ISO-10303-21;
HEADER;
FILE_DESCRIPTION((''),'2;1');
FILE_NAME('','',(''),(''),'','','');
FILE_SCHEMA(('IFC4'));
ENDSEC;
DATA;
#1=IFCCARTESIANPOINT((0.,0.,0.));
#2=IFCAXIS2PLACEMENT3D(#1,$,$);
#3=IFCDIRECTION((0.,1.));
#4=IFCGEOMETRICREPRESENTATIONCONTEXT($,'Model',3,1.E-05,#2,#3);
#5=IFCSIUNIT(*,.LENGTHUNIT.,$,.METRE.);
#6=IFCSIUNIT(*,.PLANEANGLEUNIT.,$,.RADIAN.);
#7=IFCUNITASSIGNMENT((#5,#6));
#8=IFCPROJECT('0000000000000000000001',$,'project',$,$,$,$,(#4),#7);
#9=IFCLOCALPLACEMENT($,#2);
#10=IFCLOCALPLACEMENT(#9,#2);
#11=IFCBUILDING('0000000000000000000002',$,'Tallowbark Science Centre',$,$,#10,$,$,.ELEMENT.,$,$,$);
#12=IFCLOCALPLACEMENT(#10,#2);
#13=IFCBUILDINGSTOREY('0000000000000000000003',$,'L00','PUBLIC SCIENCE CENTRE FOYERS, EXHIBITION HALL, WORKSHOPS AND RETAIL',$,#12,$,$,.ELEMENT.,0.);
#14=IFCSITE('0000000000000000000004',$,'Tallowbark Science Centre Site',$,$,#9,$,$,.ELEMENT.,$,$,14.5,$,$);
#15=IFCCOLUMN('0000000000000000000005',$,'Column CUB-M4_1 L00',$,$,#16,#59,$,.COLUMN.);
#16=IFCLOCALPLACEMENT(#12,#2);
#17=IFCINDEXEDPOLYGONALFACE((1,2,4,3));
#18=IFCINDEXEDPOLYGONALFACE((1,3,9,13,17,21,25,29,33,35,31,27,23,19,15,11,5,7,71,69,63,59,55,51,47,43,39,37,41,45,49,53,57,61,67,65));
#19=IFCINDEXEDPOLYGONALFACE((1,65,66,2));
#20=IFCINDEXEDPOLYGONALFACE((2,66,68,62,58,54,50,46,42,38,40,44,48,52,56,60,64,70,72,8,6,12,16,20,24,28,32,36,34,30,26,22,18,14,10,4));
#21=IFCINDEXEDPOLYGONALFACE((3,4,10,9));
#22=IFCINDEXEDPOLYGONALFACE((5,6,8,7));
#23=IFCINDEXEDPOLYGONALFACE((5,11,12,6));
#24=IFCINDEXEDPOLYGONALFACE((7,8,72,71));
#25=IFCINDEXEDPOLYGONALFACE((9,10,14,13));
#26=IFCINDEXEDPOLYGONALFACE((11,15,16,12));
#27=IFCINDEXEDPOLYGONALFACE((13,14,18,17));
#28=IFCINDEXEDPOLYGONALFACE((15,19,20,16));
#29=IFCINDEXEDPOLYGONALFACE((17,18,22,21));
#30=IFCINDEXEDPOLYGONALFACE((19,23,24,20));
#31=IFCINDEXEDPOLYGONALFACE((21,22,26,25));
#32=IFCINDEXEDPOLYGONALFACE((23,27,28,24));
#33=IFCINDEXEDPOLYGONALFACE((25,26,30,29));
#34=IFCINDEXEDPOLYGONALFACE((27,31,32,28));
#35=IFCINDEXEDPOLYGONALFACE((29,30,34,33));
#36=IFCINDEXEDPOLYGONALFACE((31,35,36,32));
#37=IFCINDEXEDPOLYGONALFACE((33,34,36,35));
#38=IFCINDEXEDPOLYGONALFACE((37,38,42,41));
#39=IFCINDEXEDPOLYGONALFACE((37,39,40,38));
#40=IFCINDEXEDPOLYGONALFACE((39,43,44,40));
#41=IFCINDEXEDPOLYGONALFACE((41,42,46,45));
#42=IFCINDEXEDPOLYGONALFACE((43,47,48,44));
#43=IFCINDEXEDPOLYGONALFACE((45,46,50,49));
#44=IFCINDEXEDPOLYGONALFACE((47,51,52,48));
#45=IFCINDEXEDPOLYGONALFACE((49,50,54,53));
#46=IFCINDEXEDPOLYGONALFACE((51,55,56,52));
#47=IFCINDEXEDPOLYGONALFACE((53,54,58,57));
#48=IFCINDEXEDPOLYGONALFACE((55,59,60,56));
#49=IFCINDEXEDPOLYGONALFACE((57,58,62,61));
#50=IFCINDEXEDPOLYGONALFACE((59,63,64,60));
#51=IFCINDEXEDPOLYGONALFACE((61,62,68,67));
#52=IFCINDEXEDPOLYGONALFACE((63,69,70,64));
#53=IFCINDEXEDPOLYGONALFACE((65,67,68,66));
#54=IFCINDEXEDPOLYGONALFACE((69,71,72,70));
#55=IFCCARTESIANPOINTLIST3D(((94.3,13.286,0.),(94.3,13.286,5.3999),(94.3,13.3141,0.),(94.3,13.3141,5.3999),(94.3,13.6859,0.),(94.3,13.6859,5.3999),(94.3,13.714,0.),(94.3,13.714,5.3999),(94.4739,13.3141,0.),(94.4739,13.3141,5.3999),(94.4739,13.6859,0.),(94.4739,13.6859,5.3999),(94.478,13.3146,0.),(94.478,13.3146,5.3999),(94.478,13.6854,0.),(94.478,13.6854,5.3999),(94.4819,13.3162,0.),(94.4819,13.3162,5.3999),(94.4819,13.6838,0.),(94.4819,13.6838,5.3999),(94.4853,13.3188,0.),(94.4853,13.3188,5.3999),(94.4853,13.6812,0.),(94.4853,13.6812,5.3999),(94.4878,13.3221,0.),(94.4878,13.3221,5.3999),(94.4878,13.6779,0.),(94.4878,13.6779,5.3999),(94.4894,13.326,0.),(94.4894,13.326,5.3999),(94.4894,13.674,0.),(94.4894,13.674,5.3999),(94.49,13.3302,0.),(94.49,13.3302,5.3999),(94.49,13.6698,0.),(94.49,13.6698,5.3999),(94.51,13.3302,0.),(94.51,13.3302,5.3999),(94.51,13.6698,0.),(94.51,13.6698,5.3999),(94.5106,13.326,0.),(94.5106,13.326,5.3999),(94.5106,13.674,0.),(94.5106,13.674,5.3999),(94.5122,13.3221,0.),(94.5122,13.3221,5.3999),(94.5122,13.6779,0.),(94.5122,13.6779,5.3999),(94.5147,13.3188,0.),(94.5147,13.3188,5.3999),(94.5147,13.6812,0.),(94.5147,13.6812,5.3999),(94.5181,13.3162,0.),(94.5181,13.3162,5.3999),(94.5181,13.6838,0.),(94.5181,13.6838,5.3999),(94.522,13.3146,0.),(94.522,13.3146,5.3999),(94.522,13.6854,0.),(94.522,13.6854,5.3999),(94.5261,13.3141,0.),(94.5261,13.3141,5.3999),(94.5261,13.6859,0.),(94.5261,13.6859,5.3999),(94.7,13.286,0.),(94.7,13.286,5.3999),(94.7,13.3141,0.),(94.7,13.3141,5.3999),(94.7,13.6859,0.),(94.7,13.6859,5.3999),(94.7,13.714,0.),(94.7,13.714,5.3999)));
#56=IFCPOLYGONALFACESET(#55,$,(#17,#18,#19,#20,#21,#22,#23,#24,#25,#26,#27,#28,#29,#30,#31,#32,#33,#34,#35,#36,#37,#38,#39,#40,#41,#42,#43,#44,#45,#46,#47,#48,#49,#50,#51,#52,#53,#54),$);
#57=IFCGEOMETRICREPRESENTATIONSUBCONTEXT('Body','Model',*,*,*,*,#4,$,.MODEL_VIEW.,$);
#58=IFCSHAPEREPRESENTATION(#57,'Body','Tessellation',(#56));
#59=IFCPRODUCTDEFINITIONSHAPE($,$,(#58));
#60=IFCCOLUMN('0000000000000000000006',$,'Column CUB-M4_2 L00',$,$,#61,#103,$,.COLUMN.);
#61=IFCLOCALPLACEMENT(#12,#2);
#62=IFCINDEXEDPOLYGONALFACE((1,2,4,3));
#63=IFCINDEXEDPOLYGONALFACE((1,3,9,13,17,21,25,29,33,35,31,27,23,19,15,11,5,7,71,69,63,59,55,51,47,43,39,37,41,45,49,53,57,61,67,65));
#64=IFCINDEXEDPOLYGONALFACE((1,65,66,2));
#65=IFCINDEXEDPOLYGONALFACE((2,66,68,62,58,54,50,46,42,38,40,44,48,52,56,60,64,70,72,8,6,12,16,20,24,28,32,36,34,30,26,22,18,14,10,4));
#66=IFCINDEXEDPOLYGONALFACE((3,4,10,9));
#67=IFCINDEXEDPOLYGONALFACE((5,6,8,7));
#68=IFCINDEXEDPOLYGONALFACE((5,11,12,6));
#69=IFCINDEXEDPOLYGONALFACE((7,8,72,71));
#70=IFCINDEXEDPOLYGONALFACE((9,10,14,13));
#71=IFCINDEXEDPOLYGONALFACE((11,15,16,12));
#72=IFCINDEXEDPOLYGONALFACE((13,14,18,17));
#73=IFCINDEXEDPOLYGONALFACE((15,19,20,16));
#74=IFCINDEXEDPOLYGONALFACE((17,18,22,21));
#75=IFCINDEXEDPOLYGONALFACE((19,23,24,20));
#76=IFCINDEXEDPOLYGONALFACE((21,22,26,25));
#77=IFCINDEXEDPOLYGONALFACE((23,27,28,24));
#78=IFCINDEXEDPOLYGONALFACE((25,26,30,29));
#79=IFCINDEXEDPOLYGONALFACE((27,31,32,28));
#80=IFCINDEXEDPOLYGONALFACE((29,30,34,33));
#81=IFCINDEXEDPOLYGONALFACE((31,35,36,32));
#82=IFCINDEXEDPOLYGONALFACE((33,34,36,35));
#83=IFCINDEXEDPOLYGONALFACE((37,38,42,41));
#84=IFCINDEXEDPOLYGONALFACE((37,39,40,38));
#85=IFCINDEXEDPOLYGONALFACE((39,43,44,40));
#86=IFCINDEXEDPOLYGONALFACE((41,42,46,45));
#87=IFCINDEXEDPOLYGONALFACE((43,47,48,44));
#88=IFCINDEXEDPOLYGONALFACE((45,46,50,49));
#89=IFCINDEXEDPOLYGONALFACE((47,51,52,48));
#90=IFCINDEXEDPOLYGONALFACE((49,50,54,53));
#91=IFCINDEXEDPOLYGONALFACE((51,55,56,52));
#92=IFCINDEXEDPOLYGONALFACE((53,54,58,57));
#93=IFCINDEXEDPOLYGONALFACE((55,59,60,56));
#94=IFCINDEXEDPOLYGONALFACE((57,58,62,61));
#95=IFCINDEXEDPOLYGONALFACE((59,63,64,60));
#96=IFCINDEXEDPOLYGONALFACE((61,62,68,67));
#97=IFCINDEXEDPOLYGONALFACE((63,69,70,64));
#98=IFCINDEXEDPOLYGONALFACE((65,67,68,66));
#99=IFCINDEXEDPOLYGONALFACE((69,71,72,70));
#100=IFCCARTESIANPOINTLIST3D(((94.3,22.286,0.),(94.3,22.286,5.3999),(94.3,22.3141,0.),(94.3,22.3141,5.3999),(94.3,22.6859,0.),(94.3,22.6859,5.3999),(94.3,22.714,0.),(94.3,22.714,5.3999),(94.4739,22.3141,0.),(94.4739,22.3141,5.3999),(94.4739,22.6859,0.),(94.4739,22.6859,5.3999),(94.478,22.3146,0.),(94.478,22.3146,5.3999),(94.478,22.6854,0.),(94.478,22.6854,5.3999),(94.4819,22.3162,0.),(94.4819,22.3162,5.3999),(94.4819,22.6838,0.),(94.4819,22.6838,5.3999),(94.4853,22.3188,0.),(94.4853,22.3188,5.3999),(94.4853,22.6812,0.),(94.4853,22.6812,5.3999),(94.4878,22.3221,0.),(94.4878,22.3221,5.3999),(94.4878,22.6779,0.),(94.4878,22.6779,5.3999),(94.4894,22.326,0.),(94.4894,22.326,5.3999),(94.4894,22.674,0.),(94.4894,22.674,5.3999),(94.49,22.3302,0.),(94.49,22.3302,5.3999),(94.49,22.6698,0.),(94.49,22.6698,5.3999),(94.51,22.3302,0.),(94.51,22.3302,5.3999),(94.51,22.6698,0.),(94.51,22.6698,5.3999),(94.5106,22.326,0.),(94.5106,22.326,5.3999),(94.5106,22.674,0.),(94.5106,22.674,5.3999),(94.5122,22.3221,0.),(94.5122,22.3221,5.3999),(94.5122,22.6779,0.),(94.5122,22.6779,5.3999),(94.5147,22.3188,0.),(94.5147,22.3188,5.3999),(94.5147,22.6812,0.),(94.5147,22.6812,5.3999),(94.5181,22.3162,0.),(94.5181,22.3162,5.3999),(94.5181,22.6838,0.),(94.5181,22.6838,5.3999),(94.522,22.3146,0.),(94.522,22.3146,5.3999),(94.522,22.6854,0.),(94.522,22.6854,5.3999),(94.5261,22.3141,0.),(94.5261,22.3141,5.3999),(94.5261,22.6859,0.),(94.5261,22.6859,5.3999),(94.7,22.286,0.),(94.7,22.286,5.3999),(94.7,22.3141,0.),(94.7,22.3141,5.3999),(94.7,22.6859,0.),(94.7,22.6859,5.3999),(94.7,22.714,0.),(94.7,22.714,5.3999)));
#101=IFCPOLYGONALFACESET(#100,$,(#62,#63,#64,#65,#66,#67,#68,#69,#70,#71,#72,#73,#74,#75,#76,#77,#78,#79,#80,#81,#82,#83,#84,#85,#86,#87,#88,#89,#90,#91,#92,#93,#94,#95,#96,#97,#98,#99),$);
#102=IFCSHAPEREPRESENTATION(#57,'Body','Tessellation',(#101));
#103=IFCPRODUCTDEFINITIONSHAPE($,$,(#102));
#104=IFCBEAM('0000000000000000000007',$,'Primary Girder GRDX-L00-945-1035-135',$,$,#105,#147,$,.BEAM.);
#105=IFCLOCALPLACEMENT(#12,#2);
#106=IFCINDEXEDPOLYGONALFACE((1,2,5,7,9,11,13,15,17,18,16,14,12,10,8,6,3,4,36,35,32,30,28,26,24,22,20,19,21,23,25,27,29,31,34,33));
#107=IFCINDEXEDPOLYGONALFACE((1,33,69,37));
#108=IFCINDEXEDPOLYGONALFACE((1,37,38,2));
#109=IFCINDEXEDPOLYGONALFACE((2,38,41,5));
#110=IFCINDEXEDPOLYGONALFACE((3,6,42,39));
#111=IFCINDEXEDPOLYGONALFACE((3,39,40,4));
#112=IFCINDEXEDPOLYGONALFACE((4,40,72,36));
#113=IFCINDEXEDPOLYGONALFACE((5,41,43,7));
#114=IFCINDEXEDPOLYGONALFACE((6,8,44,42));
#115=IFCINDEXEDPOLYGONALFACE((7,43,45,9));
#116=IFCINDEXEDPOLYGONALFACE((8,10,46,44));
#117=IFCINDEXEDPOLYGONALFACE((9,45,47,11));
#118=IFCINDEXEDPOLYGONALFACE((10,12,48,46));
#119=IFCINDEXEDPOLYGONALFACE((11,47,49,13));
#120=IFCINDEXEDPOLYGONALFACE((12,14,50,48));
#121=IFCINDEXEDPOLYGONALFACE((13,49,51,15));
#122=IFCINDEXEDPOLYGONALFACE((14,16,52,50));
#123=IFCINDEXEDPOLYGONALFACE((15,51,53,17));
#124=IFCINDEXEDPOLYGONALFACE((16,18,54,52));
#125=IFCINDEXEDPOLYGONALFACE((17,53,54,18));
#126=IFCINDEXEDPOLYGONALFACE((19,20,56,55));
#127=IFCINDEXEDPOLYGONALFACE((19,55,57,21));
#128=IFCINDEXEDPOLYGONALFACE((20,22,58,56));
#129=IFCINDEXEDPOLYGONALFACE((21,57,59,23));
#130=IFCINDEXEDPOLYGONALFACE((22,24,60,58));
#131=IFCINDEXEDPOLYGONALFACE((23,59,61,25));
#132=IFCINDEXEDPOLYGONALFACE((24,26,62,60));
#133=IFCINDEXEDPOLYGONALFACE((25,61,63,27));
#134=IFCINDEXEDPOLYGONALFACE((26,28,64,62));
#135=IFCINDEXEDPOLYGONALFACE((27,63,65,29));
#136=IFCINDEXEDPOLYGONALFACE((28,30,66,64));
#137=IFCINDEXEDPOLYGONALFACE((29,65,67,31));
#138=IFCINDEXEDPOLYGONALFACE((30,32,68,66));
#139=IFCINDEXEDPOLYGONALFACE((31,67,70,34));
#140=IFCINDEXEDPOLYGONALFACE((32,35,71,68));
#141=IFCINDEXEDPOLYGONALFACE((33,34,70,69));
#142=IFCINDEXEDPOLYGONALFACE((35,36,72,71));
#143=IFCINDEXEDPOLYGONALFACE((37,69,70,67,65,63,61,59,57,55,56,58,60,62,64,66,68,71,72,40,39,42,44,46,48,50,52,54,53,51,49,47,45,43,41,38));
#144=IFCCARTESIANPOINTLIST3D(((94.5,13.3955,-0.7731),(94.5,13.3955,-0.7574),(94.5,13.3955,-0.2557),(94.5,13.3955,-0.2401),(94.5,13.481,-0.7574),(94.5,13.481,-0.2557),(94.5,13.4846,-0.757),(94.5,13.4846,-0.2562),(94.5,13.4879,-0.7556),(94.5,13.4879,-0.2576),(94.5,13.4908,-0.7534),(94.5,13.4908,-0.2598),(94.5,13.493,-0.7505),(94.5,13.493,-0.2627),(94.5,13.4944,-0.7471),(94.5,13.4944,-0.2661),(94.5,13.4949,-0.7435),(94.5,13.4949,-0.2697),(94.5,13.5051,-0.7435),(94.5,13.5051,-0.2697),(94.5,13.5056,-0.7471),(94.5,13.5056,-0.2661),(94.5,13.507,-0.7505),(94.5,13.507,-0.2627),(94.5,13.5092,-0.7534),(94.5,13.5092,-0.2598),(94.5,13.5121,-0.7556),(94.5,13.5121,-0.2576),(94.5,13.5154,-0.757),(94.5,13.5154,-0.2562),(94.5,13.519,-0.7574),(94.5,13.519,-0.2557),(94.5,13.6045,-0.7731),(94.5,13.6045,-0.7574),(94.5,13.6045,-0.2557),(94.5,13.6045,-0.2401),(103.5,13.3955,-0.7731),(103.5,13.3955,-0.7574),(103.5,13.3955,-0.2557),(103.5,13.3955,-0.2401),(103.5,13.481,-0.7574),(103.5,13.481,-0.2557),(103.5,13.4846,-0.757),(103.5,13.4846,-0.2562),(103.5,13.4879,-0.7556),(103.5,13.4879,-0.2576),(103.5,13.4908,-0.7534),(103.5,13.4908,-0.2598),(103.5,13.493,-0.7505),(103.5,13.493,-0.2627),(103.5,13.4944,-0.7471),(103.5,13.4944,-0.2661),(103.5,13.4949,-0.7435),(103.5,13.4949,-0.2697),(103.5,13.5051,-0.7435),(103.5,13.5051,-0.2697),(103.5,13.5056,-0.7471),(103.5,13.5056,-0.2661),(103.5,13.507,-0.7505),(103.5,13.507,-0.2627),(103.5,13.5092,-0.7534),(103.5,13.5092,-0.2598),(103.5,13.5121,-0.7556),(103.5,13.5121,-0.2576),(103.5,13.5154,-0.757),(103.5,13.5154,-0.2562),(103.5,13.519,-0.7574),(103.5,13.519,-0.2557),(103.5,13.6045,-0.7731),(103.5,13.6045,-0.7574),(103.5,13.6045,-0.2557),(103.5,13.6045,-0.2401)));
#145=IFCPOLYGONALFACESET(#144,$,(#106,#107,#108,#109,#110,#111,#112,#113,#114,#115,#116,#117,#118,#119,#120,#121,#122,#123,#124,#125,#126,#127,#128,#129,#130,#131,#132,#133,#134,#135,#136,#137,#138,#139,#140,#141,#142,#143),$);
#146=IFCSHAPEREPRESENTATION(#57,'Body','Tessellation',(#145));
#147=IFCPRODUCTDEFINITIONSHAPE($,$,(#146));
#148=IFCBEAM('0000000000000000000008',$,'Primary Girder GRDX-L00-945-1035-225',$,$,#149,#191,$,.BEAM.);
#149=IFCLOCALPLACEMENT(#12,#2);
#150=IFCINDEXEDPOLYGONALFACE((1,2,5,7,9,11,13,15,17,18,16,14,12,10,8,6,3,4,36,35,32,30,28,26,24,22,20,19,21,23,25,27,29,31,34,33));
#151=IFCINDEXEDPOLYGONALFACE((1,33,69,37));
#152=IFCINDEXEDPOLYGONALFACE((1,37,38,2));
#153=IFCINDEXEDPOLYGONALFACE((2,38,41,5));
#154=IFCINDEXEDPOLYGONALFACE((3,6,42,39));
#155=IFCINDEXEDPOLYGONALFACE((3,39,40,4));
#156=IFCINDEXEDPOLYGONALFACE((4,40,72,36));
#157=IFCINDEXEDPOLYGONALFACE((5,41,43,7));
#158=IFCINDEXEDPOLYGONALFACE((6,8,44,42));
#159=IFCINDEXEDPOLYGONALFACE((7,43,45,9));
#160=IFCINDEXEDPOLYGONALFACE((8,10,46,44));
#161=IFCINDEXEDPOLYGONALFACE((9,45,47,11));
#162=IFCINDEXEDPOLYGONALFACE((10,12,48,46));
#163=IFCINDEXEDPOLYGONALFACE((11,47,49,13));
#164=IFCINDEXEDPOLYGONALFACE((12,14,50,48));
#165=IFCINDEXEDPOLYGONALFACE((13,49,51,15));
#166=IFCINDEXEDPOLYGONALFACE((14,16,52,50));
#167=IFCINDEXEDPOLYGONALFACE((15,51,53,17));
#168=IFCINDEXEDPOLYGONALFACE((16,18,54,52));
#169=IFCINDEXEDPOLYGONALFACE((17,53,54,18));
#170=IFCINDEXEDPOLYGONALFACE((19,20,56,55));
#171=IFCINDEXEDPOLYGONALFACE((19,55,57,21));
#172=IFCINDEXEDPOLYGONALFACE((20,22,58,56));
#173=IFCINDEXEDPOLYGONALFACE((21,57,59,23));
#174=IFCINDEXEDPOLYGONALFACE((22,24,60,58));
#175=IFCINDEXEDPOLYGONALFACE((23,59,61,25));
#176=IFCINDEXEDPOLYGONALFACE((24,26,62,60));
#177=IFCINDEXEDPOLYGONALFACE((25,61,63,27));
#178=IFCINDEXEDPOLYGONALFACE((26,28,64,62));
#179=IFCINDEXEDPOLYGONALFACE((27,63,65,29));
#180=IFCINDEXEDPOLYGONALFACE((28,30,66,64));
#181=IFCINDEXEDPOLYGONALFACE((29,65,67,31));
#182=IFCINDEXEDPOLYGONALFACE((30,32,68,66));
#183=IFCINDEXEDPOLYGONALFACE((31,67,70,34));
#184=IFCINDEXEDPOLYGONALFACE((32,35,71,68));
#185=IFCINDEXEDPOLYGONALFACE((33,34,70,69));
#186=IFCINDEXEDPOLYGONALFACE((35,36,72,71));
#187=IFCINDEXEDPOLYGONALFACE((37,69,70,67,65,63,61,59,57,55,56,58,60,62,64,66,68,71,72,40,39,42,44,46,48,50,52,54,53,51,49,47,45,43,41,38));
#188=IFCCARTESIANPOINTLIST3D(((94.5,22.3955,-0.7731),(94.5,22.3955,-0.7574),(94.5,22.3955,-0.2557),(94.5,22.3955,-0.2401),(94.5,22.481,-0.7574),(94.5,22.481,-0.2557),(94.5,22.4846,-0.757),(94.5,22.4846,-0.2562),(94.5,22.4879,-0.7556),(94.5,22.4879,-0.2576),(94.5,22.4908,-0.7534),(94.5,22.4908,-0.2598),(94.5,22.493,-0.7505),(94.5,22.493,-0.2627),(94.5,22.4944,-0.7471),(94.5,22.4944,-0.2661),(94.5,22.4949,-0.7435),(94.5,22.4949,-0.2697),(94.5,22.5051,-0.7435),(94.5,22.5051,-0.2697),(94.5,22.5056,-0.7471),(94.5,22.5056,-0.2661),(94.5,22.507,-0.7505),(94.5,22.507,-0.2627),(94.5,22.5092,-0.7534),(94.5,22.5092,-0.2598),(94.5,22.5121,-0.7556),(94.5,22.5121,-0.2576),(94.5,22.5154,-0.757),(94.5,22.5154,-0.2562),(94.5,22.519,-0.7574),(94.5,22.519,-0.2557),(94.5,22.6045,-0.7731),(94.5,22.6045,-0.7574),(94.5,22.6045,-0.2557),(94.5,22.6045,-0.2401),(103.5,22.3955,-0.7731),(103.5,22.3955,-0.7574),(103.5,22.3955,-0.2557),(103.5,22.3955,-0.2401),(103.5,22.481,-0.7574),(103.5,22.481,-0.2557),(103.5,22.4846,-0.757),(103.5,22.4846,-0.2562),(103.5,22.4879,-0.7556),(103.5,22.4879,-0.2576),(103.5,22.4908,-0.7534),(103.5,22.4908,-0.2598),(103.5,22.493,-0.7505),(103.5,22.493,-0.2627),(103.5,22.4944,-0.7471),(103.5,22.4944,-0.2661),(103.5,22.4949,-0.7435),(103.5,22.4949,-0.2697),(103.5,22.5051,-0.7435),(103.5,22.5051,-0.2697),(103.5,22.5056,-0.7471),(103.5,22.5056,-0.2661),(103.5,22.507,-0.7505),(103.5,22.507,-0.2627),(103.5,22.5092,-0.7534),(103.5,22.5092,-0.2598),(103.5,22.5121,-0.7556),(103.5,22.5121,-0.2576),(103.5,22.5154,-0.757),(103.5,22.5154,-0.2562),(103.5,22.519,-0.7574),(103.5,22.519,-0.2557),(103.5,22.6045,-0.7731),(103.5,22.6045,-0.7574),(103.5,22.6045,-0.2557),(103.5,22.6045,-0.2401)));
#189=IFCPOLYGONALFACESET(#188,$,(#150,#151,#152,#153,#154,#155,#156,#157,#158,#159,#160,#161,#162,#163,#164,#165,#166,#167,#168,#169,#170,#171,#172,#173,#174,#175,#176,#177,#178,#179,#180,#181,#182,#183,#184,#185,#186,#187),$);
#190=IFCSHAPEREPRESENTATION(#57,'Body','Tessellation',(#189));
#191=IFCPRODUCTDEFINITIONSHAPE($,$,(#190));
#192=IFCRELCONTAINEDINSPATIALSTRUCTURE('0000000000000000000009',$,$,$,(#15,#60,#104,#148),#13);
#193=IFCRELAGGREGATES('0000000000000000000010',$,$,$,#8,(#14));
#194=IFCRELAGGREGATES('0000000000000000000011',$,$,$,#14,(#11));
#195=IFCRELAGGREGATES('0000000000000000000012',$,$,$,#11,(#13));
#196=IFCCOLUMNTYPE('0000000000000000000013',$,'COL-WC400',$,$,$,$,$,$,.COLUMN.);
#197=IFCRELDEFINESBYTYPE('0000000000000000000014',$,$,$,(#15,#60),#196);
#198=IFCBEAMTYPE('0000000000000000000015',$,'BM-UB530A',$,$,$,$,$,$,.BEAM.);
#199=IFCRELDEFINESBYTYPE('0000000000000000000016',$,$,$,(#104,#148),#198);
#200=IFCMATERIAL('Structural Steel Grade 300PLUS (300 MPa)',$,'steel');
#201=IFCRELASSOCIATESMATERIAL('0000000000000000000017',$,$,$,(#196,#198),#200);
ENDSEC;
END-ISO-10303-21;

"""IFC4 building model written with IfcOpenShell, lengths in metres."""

from ifc_helpers import new_model, si_unit, direction, frame, origin, origin_2d, place, context, subcontext, project, spatial, i_section, extrude, material, material_profile, profile_set, type_object, element, save


model = new_model("IFC4")

# Units and contexts
model_context = context("Model", 3, precision=1e-05, world=origin(), true_north=direction((0.0, 1.0)))
body_context = subcontext(model_context, "Body", "Model", "MODEL_VIEW")
ifc_project = project(units=[si_unit("LENGTHUNIT", "METRE"), si_unit("PLANEANGLEUNIT", "RADIAN")], contexts=[model_context])

# Site, building, storey
site_placement = place(None, origin())
site = spatial("IfcSite", under=ifc_project, at=site_placement, Name="Tallowbark Science Centre Site", CompositionType="ELEMENT", RefElevation=14.5)
building_placement = place(site_placement, origin())
building = spatial("IfcBuilding", under=site, at=building_placement, Name="Tallowbark Science Centre", CompositionType="ELEMENT")
storey_placement = place(building_placement, origin())
storey = spatial("IfcBuildingStorey", under=building, at=storey_placement, Name="L00", Description="PUBLIC SCIENCE CENTRE FOYERS, EXHIBITION HALL, WORKSHOPS AND RETAIL", CompositionType="ELEMENT", Elevation=0.0)

# Columns
ifc_material_1 = material(Name="Structural Steel Grade 300PLUS (300 MPa)", Category="steel")
ifc_material_profile_1 = material_profile(ifc_material_1, i_section(OverallWidth=0.3999, OverallDepth=0.428, WebThickness=0.02, FlangeThickness=0.0281, FilletRadius=0.0161, at=origin_2d()), Name="400WC270")
ifc_profile_set_1 = profile_set([ifc_material_profile_1], Name="Structural Steel Grade 300PLUS (300 MPa)")
column_type = type_object("IfcColumnType", Name="COL-WC400", PredefinedType="COLUMN", material=ifc_profile_set_1)
for number, where, z_axis, x_axis, name in (
    (1, (94.5, 13.5, 0.0), (0.0, 0.0, 1.0), (1.0, 0.0, 0.0), "Column CUB-M4_1 L00"),
    (2, (94.5, 22.5, 0.0), (0.0, 0.0, 1.0), (1.0, 0.0, 0.0), "Column CUB-M4_2 L00"),
):
    element("IfcColumn", number, at=place(storey_placement, frame(where, z_axis=z_axis, x_axis=x_axis)), inside=storey, type_object=column_type, Name=name, PredefinedType="COLUMN", context=body_context, shape_type="SweptSolid", body=[
        extrude(i_section(OverallWidth=0.3999, OverallDepth=0.428, WebThickness=0.02, FlangeThickness=0.0281, FilletRadius=0.0161, at=origin_2d()), origin(), (0.0, 0.0, 1.0), 5.3999),
    ])

# Beams
ifc_material_profile_2 = material_profile(ifc_material_1, i_section(OverallWidth=0.209, OverallDepth=0.533, WebThickness=0.0103, FlangeThickness=0.0156, FilletRadius=0.0139, at=origin_2d()), Name="530UB92.4")
ifc_profile_set_2 = profile_set([ifc_material_profile_2], Name="Structural Steel Grade 300PLUS (300 MPa)")
beam_type_1 = type_object("IfcBeamType", Name="BM-UB530A", PredefinedType="BEAM", material=ifc_profile_set_2)
for number, where, z_axis, x_axis, name in (
    (3, (94.5, 13.5, -0.5066), (1.0, 0.0, 0.0), (0.0, 1.0, 0.0), "Primary Girder GRDX-L00-945-1035-135"),
    (4, (94.5, 22.5, -0.5066), (1.0, 0.0, 0.0), (0.0, 1.0, 0.0), "Primary Girder GRDX-L00-945-1035-225"),
):
    element("IfcBeam", number, at=place(storey_placement, frame(where, z_axis=z_axis, x_axis=x_axis)), inside=storey, type_object=beam_type_1, Name=name, PredefinedType="BEAM", context=body_context, shape_type="SweptSolid", body=[
        extrude(i_section(OverallWidth=0.209, OverallDepth=0.533, WebThickness=0.0103, FlangeThickness=0.0156, FilletRadius=0.0139, at=origin_2d()), origin(), (0.0, 0.0, 1.0), 9.0),
    ])

save(model, "model.ifc")
